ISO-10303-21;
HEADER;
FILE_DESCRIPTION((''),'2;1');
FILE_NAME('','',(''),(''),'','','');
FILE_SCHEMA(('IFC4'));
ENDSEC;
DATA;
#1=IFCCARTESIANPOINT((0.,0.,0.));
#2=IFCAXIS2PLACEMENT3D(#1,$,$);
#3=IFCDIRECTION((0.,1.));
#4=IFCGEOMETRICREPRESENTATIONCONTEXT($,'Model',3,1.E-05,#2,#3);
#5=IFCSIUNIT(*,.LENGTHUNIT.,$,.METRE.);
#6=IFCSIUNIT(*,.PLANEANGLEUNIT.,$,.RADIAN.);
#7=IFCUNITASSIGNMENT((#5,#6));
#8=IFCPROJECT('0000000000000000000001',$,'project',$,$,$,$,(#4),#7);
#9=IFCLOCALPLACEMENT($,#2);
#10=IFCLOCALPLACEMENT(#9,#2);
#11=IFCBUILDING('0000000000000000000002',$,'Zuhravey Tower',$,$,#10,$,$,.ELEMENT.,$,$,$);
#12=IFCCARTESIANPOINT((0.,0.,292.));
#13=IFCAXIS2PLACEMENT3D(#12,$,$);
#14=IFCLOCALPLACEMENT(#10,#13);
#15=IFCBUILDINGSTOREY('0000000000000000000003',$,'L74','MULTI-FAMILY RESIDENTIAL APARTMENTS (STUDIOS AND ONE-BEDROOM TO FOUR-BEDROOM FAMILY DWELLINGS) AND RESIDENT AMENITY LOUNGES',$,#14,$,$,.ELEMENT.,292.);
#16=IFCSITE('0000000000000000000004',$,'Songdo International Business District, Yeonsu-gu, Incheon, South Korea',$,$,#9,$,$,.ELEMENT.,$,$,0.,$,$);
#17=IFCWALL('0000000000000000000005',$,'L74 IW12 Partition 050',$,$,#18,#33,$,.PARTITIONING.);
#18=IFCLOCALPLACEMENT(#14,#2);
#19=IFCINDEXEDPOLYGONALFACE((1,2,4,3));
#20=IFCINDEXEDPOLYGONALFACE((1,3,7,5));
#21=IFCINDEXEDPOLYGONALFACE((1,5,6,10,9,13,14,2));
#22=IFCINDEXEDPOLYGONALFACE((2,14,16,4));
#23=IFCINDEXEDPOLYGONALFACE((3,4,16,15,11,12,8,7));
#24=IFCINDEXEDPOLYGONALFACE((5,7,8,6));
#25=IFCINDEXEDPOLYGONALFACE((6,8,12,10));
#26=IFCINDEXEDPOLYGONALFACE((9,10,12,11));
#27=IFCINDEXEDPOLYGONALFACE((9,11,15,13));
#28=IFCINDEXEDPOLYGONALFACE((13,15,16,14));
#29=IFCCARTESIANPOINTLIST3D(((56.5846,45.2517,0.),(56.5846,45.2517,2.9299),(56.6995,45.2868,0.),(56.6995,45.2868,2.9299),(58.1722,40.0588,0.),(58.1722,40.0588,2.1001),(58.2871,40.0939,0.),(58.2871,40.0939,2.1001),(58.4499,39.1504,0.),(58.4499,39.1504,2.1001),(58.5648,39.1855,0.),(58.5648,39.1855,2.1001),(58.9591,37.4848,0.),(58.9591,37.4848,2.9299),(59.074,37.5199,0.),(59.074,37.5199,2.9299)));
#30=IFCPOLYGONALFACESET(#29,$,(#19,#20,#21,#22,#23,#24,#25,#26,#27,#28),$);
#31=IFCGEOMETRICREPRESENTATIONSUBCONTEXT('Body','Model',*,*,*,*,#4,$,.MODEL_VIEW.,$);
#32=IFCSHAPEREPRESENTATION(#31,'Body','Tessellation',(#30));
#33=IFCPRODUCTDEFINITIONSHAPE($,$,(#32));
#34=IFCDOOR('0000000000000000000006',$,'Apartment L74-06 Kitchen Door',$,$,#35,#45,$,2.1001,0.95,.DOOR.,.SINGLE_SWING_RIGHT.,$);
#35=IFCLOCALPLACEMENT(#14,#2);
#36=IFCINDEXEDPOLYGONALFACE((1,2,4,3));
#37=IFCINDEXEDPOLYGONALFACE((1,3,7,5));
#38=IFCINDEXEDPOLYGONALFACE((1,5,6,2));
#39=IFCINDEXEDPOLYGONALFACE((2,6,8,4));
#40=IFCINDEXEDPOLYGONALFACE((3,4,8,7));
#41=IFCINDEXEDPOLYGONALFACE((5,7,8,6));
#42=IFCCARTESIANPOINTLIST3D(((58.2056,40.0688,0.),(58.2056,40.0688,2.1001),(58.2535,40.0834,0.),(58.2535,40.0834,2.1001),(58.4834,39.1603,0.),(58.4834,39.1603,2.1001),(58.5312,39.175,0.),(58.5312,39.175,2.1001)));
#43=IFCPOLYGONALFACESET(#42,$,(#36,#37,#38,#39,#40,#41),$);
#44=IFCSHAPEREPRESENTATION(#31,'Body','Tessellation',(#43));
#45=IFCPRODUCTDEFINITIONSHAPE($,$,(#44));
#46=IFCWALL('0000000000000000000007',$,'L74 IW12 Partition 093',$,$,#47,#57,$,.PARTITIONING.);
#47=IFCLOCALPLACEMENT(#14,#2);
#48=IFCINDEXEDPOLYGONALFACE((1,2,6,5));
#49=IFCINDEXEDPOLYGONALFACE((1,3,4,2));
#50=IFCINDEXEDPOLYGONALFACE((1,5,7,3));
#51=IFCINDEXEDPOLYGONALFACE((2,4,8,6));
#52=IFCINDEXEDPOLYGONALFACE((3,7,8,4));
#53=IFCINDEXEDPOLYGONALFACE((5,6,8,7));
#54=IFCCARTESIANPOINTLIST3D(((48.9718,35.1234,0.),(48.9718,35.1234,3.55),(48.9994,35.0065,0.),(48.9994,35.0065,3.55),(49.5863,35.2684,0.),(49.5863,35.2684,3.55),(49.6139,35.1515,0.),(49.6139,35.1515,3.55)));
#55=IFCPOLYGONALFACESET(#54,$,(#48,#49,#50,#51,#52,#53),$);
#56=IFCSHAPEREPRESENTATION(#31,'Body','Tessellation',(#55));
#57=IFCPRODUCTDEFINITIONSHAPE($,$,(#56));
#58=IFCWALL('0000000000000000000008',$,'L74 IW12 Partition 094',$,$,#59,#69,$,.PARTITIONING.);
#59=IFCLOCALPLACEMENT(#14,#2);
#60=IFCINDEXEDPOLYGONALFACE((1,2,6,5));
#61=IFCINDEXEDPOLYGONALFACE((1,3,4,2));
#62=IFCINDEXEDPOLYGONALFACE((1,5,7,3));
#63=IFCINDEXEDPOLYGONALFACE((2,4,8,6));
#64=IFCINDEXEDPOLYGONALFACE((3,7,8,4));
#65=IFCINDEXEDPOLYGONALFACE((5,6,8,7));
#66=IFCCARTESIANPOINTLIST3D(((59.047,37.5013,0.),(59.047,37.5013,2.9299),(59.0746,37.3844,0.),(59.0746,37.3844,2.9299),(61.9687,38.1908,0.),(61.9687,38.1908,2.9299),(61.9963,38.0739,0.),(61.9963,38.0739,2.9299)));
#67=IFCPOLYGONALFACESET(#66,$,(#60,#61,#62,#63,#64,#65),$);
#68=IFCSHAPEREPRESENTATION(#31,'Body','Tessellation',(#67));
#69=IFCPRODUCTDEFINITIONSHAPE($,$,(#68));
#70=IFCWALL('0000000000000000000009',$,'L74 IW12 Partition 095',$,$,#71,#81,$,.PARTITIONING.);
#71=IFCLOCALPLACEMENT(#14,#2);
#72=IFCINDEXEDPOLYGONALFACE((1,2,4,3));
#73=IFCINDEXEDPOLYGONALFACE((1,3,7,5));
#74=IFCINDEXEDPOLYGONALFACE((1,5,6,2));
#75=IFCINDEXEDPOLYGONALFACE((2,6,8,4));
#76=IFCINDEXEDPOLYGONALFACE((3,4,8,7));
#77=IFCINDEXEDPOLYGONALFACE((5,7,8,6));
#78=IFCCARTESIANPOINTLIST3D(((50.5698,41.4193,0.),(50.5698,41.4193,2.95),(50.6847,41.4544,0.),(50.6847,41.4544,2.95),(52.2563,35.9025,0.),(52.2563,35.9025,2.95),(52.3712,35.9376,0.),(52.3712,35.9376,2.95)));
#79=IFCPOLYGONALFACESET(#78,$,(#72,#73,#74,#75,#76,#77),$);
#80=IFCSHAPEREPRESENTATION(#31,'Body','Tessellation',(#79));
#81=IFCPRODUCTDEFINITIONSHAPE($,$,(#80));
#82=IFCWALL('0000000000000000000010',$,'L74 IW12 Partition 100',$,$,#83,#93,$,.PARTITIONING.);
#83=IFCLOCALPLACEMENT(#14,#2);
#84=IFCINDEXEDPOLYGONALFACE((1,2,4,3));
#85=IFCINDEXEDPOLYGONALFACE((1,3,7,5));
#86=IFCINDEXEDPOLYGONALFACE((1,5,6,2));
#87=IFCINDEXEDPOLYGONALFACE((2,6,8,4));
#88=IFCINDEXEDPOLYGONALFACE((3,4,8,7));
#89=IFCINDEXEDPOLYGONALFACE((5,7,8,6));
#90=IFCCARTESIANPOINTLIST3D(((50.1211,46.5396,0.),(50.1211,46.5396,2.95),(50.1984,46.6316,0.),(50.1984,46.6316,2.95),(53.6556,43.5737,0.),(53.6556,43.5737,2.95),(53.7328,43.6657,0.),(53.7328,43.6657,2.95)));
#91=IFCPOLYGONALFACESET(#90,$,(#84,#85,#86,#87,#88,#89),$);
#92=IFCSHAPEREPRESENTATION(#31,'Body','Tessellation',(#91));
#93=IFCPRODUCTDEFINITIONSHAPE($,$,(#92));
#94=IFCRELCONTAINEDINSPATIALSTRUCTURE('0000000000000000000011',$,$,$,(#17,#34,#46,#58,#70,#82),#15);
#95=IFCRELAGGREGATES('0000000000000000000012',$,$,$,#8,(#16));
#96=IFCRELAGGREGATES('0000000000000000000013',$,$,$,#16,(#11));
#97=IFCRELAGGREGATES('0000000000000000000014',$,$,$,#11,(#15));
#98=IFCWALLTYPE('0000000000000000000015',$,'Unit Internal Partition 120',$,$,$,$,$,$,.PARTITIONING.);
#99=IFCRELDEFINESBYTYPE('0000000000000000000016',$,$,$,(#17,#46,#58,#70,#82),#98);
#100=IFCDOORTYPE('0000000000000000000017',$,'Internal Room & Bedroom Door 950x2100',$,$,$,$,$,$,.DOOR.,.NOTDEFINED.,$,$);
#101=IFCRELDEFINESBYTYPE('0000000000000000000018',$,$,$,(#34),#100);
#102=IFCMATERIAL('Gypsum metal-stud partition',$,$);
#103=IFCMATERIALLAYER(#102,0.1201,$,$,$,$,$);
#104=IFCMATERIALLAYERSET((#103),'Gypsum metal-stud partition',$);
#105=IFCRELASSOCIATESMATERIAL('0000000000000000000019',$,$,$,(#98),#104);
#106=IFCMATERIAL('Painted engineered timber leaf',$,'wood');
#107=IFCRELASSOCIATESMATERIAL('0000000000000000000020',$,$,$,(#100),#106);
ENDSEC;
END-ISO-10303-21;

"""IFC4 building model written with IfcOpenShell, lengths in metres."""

from ifc_helpers import new_model, si_unit, direction, frame, frame_2d, origin, place, context, subcontext, project, spatial, rectangle, extrude, material, layer, layer_set, type_object, element, fill, save


model = new_model("IFC4")

# Units and contexts
model_context = context("Model", 3, precision=1e-05, world=origin(), true_north=direction((0.0, 1.0)))
body_context = subcontext(model_context, "Body", "Model", "MODEL_VIEW")
ifc_project = project(units=[si_unit("LENGTHUNIT", "METRE"), si_unit("PLANEANGLEUNIT", "RADIAN")], contexts=[model_context])

# Site, building, storey
site_placement = place(None, origin())
site = spatial("IfcSite", under=ifc_project, at=site_placement, Name="Songdo International Business District, Yeonsu-gu, Incheon, South Korea", CompositionType="ELEMENT", RefElevation=0.0)
building_placement = place(site_placement, origin())
building = spatial("IfcBuilding", under=site, at=building_placement, Name="Zuhravey Tower", CompositionType="ELEMENT")
storey_placement = place(building_placement, frame((0.0, 0.0, 292.0)))
storey = spatial("IfcBuildingStorey", under=building, at=storey_placement, Name="L74", Description="MULTI-FAMILY RESIDENTIAL APARTMENTS (STUDIOS AND ONE-BEDROOM TO FOUR-BEDROOM FAMILY DWELLINGS) AND RESIDENT AMENITY LOUNGES", CompositionType="ELEMENT", Elevation=292.0)

# Wall, opening, door
ifc_material_1 = material(Name="Gypsum metal-stud partition")
ifc_layer_1 = layer(ifc_material_1, 0.1201)
ifc_layer_set_1 = layer_set([ifc_layer_1], Name="Gypsum metal-stud partition")
wall_type_1 = type_object("IfcWallType", Name="Unit Internal Partition 120", PredefinedType="PARTITIONING", material=ifc_layer_set_1)
ifc_material_2 = material(Name="Painted engineered timber leaf", Category="wood")
door_type_1 = type_object("IfcDoorType", Name="Internal Room & Bedroom Door 950x2100", OperationType="NOTDEFINED", PredefinedType="DOOR", material=ifc_material_2)
wall_1_placement = place(storey_placement, frame((59.0166, 37.5022, 0.0), z_axis=(0.0, 0.0, 1.0), x_axis=(-0.292366, 0.956307, 0.0)))
wall_1 = element("IfcWall", 1, at=wall_1_placement, inside=storey, type_object=wall_type_1, Name="L74 IW12 Partition 050", PredefinedType="PARTITIONING", context=body_context, shape_type="SweptSolid", body=[
    extrude(rectangle(XDim=8.1218, YDim=0.1201, at=frame_2d((4.061, 0.0))), origin(), (0.0, 0.0, 1.0), 2.9299),
])
opening_1_placement = place(wall_1_placement, frame((1.7417, 0.0, 0.0)))
opening_1 = element("IfcOpeningElement", 2, at=opening_1_placement, cuts=wall_1, PredefinedType="OPENING", context=body_context, shape_type="SweptSolid", body=[
    extrude(rectangle(XDim=0.95, YDim=2.1001, at=frame_2d((0.4751, 1.05))), frame((0.0, 0.072, 0.0), z_axis=(0.0, -1.0, 0.0), x_axis=(1.0, 0.0, 0.0)), (0.0, 0.0, 1.0), 0.144),
])
door_1_placement = place(opening_1_placement, frame((0.95, 0.0, 0.0), z_axis=(0.0, 0.0, 1.0), x_axis=(-1.0, 0.0, 0.0)))
door_1 = element("IfcDoor", 3, at=door_1_placement, inside=storey, type_object=door_type_1, Name="Apartment L74-06 Kitchen Door", OperationType="SINGLE_SWING_RIGHT", OverallHeight=2.1001, OverallWidth=0.95, PredefinedType="DOOR", context=body_context, shape_type="SweptSolid", body=[
    extrude(rectangle(XDim=0.95, YDim=2.1001, at=frame_2d((0.4751, 1.05))), frame((0.0, 0.0249, 0.0), z_axis=(0.0, -1.0, 0.0), x_axis=(1.0, 0.0, 0.0)), (0.0, 0.0, 1.0), 0.05),
])
fill(opening_1, door_1)

# Walls
wall_2_placement = place(storey_placement, frame((48.9856, 35.0649, 0.0), z_axis=(0.0, 0.0, 1.0), x_axis=(0.973265, 0.229686, 0.0)))
element("IfcWall", 4, at=wall_2_placement, inside=storey, type_object=wall_type_1, Name="L74 IW12 Partition 093", PredefinedType="PARTITIONING", context=body_context, shape_type="SweptSolid", body=[
    extrude(rectangle(XDim=0.6313, YDim=0.1201, at=frame_2d((0.3157, 0.0))), origin(), (0.0, 0.0, 1.0), 3.55),
])
wall_3_placement = place(storey_placement, frame((59.0608, 37.4429, 0.0), z_axis=(0.0, 0.0, 1.0), x_axis=(0.973268, 0.229674, 0.0)))
element("IfcWall", 5, at=wall_3_placement, inside=storey, type_object=wall_type_1, Name="L74 IW12 Partition 094", PredefinedType="PARTITIONING", context=body_context, shape_type="SweptSolid", body=[
    extrude(rectangle(XDim=3.002, YDim=0.1201, at=frame_2d((1.501, 0.0))), origin(), (0.0, 0.0, 1.0), 2.9299),
])
wall_4_placement = place(storey_placement, frame((52.3137, 35.9202, 0.0), z_axis=(0.0, 0.0, 1.0), x_axis=(-0.292349, 0.956312, 0.0)))
element("IfcWall", 6, at=wall_4_placement, inside=storey, type_object=wall_type_1, Name="L74 IW12 Partition 095", PredefinedType="PARTITIONING", context=body_context, shape_type="SweptSolid", body=[
    extrude(rectangle(XDim=5.7688, YDim=0.1201, at=frame_2d((2.8843, 0.0))), origin(), (0.0, 0.0, 1.0), 2.95),
])
wall_5_placement = place(storey_placement, frame((53.6943, 43.6196, 0.0), z_axis=(0.0, 0.0, 1.0), x_axis=(-0.766035, 0.642799, 0.0)))
element("IfcWall", 7, at=wall_5_placement, inside=storey, type_object=wall_type_1, Name="L74 IW12 Partition 100", PredefinedType="PARTITIONING", context=body_context, shape_type="SweptSolid", body=[
    extrude(rectangle(XDim=4.614, YDim=0.1201, at=frame_2d((2.3071, 0.0))), origin(), (0.0, 0.0, 1.0), 2.95),
])

save(model, "model.ifc")
